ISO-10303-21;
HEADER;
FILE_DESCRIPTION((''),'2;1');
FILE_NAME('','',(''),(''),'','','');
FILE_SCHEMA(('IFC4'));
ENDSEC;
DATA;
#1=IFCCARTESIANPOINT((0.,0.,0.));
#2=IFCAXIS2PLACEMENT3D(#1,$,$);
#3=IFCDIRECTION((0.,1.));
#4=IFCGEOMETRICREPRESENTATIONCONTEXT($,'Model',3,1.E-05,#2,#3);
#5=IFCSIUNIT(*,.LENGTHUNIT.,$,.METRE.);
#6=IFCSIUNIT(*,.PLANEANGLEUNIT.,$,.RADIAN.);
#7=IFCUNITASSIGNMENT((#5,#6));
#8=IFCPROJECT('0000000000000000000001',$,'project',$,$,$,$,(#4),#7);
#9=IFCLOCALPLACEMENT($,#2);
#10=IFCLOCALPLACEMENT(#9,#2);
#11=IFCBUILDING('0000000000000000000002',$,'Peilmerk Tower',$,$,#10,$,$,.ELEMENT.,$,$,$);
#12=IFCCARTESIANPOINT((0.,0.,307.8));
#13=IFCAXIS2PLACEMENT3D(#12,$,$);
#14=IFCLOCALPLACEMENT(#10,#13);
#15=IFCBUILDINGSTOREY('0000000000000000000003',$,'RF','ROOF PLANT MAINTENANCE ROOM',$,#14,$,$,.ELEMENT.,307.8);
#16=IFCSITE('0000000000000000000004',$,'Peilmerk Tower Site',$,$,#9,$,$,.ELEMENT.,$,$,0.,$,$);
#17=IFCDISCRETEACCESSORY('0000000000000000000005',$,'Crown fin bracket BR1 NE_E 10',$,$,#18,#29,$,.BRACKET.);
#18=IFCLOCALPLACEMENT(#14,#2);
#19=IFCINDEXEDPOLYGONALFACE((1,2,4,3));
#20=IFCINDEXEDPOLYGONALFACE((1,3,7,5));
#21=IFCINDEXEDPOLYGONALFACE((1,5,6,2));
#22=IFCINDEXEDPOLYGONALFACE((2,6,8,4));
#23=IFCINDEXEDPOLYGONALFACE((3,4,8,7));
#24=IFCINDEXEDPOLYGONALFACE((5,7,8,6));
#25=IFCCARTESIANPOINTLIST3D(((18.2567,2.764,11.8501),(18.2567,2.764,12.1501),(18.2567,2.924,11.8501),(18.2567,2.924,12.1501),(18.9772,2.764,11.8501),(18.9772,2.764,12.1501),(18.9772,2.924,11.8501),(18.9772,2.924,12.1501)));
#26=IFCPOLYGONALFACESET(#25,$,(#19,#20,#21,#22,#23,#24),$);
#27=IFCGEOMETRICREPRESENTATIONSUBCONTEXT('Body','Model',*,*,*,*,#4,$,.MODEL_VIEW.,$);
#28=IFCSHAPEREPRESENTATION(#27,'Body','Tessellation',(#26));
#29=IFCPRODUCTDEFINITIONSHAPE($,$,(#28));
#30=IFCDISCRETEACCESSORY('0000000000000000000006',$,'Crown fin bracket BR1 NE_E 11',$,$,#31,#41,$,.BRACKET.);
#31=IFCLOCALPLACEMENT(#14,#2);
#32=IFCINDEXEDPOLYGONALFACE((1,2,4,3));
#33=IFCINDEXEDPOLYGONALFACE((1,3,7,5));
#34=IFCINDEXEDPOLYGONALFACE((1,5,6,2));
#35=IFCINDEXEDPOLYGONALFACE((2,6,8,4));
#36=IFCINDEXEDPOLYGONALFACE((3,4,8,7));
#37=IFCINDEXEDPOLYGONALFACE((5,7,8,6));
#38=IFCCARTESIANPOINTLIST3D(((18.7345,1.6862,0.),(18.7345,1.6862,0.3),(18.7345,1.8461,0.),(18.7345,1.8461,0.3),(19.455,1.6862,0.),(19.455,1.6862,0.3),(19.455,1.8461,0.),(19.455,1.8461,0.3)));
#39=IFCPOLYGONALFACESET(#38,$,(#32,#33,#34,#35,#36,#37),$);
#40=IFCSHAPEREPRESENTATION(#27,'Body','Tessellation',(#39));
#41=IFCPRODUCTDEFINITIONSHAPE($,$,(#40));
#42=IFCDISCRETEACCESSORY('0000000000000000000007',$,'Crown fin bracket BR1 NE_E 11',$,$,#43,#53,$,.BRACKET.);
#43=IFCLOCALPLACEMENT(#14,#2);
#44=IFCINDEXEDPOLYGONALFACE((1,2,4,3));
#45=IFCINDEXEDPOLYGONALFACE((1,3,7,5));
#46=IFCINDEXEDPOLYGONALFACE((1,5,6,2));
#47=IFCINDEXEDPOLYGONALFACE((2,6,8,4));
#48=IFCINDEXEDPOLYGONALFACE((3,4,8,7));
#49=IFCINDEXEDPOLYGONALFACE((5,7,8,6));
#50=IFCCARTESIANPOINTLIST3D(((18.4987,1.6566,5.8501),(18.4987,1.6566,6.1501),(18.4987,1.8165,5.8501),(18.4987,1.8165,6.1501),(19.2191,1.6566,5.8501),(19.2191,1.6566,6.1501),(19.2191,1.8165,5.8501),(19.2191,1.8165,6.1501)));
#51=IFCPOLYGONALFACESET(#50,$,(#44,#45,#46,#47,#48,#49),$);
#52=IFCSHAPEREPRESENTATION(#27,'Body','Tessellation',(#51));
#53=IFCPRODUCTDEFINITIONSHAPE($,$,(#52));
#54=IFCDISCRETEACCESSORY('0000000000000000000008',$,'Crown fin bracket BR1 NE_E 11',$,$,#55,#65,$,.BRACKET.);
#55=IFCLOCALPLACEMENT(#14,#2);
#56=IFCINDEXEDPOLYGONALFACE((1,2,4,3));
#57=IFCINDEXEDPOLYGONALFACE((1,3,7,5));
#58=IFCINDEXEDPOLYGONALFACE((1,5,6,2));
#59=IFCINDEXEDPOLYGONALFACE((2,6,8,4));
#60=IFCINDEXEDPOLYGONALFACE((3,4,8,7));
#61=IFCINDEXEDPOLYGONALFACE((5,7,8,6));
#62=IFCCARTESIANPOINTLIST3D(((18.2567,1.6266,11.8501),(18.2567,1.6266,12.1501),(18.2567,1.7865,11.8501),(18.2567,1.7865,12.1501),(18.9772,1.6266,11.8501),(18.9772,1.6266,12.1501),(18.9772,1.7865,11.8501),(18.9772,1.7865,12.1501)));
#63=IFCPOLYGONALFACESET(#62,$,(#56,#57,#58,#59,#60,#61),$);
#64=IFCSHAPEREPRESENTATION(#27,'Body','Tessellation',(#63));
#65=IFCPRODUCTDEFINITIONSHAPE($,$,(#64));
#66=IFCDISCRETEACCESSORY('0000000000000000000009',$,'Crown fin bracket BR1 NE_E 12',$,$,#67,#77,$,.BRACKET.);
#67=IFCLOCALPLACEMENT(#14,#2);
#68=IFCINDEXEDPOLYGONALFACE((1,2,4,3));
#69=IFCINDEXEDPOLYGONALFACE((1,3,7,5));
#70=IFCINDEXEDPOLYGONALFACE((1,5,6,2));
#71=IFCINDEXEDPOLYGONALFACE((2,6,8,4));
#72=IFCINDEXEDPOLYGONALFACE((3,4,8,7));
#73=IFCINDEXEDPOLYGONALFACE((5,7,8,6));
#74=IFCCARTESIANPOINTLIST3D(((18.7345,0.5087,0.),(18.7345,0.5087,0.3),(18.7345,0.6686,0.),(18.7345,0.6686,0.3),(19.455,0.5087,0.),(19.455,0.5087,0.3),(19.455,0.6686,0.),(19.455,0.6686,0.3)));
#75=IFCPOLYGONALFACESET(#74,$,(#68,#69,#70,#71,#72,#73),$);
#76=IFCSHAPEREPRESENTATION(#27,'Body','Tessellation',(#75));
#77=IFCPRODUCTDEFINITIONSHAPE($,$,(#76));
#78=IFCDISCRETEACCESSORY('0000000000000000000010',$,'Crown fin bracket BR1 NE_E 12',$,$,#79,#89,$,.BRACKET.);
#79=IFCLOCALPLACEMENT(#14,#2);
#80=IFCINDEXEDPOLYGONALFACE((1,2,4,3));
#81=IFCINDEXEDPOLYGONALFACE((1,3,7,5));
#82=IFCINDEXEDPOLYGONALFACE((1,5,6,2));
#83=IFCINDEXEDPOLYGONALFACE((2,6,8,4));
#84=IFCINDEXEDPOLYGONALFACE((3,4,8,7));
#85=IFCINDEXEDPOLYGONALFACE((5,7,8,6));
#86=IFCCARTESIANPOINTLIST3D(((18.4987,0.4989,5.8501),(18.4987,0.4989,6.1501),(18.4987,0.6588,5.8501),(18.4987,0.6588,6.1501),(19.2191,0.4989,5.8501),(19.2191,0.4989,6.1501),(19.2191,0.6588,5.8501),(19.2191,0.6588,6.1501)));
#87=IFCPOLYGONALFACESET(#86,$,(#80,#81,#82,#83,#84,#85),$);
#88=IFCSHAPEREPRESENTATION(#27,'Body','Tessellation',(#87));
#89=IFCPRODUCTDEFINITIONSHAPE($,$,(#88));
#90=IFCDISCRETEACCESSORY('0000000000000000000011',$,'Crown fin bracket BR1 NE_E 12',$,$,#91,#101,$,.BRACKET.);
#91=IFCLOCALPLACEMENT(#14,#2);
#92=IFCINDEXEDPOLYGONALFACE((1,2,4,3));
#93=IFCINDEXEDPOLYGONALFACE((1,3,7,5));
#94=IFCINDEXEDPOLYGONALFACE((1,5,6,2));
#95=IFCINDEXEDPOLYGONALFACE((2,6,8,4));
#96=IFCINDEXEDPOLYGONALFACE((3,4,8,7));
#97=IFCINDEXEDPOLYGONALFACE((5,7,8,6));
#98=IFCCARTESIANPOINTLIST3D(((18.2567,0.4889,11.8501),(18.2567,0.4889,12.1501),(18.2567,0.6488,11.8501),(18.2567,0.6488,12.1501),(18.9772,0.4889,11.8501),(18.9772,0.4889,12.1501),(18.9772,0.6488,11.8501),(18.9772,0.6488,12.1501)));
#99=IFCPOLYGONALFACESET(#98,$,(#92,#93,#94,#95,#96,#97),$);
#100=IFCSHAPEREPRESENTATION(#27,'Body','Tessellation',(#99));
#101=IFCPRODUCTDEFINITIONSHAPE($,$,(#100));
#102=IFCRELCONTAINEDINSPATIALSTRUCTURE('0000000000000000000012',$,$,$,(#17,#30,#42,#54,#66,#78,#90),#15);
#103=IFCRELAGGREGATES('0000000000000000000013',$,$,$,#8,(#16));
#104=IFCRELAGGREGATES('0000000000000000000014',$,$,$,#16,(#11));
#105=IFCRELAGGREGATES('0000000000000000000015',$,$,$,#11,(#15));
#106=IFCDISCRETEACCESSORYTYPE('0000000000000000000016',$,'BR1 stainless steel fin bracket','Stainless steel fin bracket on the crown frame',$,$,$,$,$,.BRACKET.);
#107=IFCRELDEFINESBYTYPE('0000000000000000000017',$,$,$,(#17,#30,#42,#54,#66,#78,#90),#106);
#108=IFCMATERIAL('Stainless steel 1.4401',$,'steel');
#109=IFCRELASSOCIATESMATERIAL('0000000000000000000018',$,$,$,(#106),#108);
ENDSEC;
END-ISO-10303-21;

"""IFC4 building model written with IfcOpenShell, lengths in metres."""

from ifc_helpers import new_model, si_unit, direction, frame, origin, origin_2d, place, context, subcontext, project, spatial, rectangle, extrude, source, transform, mapped, material, type_object, element, save


model = new_model("IFC4")

# Units and contexts
model_context = context("Model", 3, precision=1e-05, world=origin(), true_north=direction((0.0, 1.0)))
body_context = subcontext(model_context, "Body", "Model", "MODEL_VIEW")
ifc_project = project(units=[si_unit("LENGTHUNIT", "METRE"), si_unit("PLANEANGLEUNIT", "RADIAN")], contexts=[model_context])

# Site, building, storey
site_placement = place(None, origin())
site = spatial("IfcSite", under=ifc_project, at=site_placement, Name="Peilmerk Tower Site", CompositionType="ELEMENT", RefElevation=0.0)
building_placement = place(site_placement, origin())
building = spatial("IfcBuilding", under=site, at=building_placement, Name="Peilmerk Tower", CompositionType="ELEMENT")
storey_placement = place(building_placement, frame((0.0, 0.0, 307.8)))
storey = spatial("IfcBuildingStorey", under=building, at=storey_placement, Name="RF", Description="ROOF PLANT MAINTENANCE ROOM", CompositionType="ELEMENT", Elevation=307.8)

# Discrete accessories
ifc_material_1 = material(Name="Stainless steel 1.4401", Category="steel")
discrete_accessory_type = type_object("IfcDiscreteAccessoryType", Name="BR1 stainless steel fin bracket", Description="Stainless steel fin bracket on the crown frame", PredefinedType="BRACKET", material=ifc_material_1)
shared_shape_1 = source(origin(), body_context, "Body", "SweptSolid", [
    extrude(rectangle(XDim=0.7205, YDim=0.1599, at=origin_2d()), origin(), (0.0, 0.0, 1.0), 0.3),
])
for number, where, z_axis, x_axis, name in (
    (1, (18.6169, 2.844, 11.8501), (0.0, 0.0, 1.0), (1.0, 0.0, 0.0), "Crown fin bracket BR1 NE_E 10"),
    (2, (19.0947, 1.7661, 0.0), (0.0, 0.0, 1.0), (1.0, 0.0, 0.0), "Crown fin bracket BR1 NE_E 11"),
    (3, (18.8589, 1.7366, 5.8501), (0.0, 0.0, 1.0), (1.0, 0.0, 0.0), "Crown fin bracket BR1 NE_E 11"),
    (4, (18.6169, 1.7065, 11.8501), (0.0, 0.0, 1.0), (1.0, 0.0, 0.0), "Crown fin bracket BR1 NE_E 11"),
    (5, (19.0947, 0.5886, 0.0), (0.0, 0.0, 1.0), (1.0, 0.0, 0.0), "Crown fin bracket BR1 NE_E 12"),
    (6, (18.8589, 0.5789, 5.8501), (0.0, 0.0, 1.0), (1.0, 0.0, 0.0), "Crown fin bracket BR1 NE_E 12"),
    (7, (18.6169, 0.5688, 11.8501), (0.0, 0.0, 1.0), (1.0, 0.0, 0.0), "Crown fin bracket BR1 NE_E 12"),
):
    element("IfcDiscreteAccessory", number, at=place(storey_placement, frame(where, z_axis=z_axis, x_axis=x_axis)), inside=storey, type_object=discrete_accessory_type, Name=name, PredefinedType="BRACKET", context=body_context, shape_type="MappedRepresentation", body=[
        mapped(shared_shape_1, transform((0.0, 0.0, 0.0), scale=1.0)),
    ])

save(model, "model.ifc")
